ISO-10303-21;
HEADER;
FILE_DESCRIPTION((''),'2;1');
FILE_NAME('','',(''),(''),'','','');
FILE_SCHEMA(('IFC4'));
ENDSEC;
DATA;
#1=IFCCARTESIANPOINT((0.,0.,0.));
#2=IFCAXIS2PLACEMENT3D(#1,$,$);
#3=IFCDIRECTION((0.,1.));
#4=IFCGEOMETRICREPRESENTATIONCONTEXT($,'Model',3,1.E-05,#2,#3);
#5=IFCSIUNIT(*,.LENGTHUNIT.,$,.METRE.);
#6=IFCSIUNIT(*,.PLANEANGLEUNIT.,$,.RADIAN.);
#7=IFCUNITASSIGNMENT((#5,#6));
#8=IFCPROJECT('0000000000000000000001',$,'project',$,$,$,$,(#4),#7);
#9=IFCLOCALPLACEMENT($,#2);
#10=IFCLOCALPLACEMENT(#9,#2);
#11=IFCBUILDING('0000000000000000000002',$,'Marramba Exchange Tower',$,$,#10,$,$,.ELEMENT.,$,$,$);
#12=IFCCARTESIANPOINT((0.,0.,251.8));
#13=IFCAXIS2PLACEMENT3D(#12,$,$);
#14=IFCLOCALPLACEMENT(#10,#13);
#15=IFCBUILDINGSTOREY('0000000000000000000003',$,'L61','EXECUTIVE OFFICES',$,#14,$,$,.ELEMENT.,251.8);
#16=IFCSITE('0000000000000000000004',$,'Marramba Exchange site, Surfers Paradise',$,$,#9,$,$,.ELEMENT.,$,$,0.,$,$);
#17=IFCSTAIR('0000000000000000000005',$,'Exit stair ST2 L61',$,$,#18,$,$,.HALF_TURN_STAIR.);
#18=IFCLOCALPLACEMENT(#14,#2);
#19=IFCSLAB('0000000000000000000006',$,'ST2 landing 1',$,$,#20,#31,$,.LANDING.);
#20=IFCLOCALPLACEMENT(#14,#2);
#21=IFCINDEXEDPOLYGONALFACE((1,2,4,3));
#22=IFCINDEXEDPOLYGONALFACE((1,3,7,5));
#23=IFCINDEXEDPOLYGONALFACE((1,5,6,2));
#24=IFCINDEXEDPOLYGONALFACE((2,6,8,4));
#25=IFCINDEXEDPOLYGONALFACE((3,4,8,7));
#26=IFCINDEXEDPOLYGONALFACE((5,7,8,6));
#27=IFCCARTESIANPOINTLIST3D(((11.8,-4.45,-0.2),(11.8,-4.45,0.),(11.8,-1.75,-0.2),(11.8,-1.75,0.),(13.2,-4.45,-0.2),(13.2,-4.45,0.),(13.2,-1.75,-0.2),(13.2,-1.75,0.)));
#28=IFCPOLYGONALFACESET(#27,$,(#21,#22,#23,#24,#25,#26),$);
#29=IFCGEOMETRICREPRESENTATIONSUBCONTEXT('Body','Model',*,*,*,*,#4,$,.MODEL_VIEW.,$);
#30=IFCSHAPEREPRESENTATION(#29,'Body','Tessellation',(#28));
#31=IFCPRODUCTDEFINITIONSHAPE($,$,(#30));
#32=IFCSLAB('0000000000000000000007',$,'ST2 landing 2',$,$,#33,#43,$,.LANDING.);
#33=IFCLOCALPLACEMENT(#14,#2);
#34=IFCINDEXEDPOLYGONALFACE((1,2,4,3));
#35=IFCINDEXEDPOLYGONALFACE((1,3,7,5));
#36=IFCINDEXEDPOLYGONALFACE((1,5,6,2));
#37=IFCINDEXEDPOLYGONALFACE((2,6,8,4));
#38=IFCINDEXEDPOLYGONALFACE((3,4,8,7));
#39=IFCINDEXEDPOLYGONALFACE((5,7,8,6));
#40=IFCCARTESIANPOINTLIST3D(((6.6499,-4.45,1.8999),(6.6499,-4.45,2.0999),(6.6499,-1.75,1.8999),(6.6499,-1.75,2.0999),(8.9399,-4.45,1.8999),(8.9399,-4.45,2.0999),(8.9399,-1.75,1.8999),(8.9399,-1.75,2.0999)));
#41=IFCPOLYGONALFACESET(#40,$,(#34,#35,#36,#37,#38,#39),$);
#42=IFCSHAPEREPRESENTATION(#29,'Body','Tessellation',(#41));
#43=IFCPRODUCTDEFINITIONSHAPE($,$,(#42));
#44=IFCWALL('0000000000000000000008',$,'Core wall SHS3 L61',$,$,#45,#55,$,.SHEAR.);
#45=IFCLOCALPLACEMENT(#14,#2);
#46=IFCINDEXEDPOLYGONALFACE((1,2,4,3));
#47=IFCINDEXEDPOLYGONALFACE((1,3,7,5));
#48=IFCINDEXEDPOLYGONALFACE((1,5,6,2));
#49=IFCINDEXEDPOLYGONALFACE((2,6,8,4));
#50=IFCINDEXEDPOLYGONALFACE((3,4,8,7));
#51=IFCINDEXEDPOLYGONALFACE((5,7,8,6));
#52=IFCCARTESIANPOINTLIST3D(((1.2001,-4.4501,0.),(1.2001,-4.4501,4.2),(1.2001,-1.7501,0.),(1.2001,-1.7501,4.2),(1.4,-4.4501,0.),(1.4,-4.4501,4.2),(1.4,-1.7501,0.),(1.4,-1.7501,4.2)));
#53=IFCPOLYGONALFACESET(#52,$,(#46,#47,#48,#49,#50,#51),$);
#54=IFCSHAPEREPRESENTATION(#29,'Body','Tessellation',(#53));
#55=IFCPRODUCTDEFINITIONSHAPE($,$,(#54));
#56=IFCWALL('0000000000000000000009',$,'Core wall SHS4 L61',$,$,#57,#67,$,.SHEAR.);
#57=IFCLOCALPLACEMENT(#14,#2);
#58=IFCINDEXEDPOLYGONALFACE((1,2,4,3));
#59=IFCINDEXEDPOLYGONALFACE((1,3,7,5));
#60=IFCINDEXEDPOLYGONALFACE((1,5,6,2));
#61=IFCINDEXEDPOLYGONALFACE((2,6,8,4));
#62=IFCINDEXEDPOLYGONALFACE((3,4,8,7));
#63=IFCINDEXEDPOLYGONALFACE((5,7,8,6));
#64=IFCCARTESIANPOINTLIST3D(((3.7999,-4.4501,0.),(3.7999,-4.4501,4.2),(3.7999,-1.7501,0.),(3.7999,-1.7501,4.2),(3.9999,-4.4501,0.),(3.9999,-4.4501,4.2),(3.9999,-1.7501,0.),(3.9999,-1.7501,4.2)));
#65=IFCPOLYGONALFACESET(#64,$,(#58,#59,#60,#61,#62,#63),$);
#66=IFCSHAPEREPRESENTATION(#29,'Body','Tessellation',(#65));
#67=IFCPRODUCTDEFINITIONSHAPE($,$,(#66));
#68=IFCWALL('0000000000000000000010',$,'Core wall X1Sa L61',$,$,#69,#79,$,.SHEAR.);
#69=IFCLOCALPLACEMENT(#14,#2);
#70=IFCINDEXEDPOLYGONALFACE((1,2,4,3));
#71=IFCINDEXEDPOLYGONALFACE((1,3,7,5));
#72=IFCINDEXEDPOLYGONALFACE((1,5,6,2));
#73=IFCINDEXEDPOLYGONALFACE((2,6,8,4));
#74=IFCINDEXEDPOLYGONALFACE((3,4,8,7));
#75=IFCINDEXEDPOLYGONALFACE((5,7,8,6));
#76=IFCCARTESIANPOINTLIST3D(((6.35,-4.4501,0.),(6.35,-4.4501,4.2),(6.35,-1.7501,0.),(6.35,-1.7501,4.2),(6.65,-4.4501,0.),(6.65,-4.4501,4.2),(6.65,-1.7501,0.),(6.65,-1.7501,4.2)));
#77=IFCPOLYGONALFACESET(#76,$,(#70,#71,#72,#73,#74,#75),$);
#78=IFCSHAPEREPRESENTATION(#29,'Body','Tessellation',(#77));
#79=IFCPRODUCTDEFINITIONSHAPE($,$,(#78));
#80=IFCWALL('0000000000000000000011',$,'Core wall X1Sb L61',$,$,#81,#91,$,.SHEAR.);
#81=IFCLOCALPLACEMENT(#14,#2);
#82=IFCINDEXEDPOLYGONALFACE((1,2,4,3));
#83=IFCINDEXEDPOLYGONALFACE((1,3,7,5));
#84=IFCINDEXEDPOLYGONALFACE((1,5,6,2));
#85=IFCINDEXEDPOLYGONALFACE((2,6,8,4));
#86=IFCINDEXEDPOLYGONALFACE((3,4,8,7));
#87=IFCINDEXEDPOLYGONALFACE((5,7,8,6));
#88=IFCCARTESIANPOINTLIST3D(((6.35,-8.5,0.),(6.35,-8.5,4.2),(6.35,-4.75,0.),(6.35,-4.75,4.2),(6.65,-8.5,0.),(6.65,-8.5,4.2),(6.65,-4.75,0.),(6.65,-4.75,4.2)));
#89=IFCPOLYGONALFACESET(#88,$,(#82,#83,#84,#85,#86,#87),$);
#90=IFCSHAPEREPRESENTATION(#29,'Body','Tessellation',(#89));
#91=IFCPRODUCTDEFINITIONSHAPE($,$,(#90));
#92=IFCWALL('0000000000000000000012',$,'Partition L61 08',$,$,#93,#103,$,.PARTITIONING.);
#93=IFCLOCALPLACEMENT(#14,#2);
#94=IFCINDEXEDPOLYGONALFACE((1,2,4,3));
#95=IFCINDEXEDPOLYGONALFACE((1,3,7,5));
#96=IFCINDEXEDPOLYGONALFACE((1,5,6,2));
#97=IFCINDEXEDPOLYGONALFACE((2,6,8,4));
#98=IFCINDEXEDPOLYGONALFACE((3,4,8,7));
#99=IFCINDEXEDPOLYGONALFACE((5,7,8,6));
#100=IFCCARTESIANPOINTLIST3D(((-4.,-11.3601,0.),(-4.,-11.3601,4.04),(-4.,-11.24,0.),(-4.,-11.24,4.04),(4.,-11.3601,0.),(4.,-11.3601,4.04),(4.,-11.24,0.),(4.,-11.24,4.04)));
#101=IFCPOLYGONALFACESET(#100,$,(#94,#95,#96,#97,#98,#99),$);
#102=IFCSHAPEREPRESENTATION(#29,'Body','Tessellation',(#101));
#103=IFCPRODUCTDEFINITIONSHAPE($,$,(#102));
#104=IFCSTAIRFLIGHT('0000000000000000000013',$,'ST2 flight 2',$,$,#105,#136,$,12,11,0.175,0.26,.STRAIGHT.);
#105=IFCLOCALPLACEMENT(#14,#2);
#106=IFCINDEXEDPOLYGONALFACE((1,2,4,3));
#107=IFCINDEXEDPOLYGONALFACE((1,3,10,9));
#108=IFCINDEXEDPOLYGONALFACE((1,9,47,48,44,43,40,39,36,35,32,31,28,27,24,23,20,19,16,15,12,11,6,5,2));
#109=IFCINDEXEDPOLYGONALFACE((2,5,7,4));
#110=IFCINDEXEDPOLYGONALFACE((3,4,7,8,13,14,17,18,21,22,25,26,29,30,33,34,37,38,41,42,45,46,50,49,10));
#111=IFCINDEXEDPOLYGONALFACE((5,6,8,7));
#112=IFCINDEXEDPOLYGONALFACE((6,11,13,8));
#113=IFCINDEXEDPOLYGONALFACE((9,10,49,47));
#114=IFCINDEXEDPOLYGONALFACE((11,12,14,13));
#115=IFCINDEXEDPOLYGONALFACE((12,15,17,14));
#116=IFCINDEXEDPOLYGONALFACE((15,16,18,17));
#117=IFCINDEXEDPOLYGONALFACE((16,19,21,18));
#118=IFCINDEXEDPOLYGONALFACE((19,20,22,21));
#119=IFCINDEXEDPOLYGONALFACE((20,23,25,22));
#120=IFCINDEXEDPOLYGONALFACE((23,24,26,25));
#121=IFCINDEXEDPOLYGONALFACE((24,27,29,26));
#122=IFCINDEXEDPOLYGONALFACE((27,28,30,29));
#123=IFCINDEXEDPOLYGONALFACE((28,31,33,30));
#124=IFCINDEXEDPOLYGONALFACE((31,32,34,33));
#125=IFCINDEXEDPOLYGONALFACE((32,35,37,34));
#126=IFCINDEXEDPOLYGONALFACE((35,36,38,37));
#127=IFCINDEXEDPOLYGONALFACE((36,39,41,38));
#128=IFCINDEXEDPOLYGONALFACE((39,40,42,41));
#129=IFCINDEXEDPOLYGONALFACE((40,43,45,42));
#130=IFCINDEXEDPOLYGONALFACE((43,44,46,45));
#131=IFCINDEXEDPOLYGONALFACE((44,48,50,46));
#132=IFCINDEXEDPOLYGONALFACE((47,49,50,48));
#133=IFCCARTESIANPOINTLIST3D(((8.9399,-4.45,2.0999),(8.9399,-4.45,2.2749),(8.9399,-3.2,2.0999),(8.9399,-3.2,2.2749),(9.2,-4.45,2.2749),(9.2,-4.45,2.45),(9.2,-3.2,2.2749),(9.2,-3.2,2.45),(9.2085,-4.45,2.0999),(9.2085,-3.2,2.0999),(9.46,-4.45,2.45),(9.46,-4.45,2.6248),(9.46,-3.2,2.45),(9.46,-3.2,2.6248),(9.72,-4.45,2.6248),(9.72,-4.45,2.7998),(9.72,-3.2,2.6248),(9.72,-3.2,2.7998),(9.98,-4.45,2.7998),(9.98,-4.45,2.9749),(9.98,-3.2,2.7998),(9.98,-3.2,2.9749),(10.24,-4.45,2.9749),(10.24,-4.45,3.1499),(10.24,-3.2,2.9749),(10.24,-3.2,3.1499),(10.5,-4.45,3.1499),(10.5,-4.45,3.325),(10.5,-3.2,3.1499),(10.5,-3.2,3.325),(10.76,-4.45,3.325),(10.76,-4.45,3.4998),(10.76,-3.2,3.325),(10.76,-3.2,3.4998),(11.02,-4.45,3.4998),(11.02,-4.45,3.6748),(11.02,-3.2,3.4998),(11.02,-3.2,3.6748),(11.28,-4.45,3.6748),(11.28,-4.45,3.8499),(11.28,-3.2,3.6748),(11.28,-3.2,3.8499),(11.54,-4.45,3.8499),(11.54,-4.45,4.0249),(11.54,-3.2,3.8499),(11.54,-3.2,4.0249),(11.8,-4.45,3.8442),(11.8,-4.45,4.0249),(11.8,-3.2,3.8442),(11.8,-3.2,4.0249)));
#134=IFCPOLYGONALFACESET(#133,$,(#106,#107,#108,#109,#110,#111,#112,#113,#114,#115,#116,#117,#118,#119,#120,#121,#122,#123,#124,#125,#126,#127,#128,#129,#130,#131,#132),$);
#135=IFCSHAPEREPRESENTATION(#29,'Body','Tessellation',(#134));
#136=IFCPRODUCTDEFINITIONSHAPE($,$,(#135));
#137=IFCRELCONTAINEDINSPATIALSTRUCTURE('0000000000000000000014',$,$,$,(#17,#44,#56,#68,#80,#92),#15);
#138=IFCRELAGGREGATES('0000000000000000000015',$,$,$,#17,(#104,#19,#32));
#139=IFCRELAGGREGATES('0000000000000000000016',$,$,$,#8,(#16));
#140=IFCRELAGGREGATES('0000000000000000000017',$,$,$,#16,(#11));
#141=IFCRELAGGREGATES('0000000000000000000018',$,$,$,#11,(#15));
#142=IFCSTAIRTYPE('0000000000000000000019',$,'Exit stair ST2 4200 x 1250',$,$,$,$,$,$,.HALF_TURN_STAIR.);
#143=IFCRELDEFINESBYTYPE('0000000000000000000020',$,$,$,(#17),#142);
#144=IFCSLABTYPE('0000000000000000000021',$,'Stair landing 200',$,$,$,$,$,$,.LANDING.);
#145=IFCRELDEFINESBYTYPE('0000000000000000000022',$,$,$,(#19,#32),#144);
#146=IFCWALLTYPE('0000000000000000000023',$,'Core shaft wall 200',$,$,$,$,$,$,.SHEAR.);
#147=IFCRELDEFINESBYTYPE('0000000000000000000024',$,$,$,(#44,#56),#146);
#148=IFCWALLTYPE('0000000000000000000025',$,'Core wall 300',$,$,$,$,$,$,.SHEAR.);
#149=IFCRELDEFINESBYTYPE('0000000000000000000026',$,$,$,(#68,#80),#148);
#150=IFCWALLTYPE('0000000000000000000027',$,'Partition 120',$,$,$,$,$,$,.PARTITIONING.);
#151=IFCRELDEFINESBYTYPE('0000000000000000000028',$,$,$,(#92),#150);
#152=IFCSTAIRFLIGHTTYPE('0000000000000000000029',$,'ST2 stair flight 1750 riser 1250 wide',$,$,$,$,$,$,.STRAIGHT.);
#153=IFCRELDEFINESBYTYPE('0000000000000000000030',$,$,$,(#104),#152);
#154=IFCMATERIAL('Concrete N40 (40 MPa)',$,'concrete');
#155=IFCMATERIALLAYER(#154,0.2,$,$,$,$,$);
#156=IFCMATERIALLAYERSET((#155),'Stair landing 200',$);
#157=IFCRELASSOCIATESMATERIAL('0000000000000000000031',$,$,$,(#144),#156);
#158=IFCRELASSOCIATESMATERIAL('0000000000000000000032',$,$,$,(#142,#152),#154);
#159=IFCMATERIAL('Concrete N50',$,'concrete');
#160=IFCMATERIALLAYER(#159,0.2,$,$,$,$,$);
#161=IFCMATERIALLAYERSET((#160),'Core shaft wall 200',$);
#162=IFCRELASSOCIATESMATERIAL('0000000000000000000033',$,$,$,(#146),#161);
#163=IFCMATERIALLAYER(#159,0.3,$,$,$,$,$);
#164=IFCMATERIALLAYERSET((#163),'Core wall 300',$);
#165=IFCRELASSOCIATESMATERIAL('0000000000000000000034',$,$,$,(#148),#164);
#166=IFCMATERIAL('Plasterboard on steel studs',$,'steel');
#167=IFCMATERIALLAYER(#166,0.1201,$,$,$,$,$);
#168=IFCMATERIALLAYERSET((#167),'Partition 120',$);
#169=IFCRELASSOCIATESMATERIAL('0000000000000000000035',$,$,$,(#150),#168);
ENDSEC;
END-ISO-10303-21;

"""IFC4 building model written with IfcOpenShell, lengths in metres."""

from ifc_helpers import new_model, si_unit, direction, frame, frame_2d, origin, place, context, subcontext, project, spatial, polyline, rectangle, outline, extrude, material, layer, layer_set, type_object, element, aggregate, save


model = new_model("IFC4")

# Units and contexts
model_context = context("Model", 3, precision=1e-05, world=origin(), true_north=direction((0.0, 1.0)))
body_context = subcontext(model_context, "Body", "Model", "MODEL_VIEW")
ifc_project = project(units=[si_unit("LENGTHUNIT", "METRE"), si_unit("PLANEANGLEUNIT", "RADIAN")], contexts=[model_context])

# Site, building, storey
site_placement = place(None, origin())
site = spatial("IfcSite", under=ifc_project, at=site_placement, Name="Marramba Exchange site, Surfers Paradise", CompositionType="ELEMENT", RefElevation=0.0)
building_placement = place(site_placement, origin())
building = spatial("IfcBuilding", under=site, at=building_placement, Name="Marramba Exchange Tower", CompositionType="ELEMENT")
storey_placement = place(building_placement, frame((0.0, 0.0, 251.8)))
storey = spatial("IfcBuildingStorey", under=building, at=storey_placement, Name="L61", Description="EXECUTIVE OFFICES", CompositionType="ELEMENT", Elevation=251.8)

# Stair, slabs
ifc_material_1 = material(Name="Concrete N40 (40 MPa)", Category="concrete")
ifc_layer_1 = layer(ifc_material_1, 0.2)
ifc_layer_set_1 = layer_set([ifc_layer_1], Name="Stair landing 200")
slab_type_1 = type_object("IfcSlabType", Name="Stair landing 200", PredefinedType="LANDING", material=ifc_layer_set_1)
stair_type_1 = type_object("IfcStairType", Name="Exit stair ST2 4200 x 1250", PredefinedType="HALF_TURN_STAIR", material=ifc_material_1)
stair_1_placement = place(storey_placement, origin())
stair_1 = element("IfcStair", 1, at=stair_1_placement, inside=storey, type_object=stair_type_1, Name="Exit stair ST2 L61", PredefinedType="HALF_TURN_STAIR")
slab_1_placement = place(storey_placement, frame((0.0, 0.0, -0.2)))
slab_1 = element("IfcSlab", 2, at=slab_1_placement, type_object=slab_type_1, Name="ST2 landing 1", PredefinedType="LANDING", context=body_context, shape_type="SweptSolid", body=[
    extrude(outline(polyline([(11.8, -4.45), (13.2, -4.45), (13.2, -1.75), (11.8, -1.75), (11.8, -4.45)])), origin(), (0.0, 0.0, 1.0), 0.2),
])
slab_2_placement = place(storey_placement, frame((0.0, 0.0, 1.8999)))
slab_2 = element("IfcSlab", 3, at=slab_2_placement, type_object=slab_type_1, Name="ST2 landing 2", PredefinedType="LANDING", context=body_context, shape_type="SweptSolid", body=[
    extrude(outline(polyline([(6.6499, -4.45), (8.9399, -4.45), (8.9399, -1.75), (6.6499, -1.75), (6.6499, -4.45)])), origin(), (0.0, 0.0, 1.0), 0.2),
])

# Walls
ifc_material_2 = material(Name="Concrete N50", Category="concrete")
ifc_layer_2 = layer(ifc_material_2, 0.2)
ifc_layer_set_2 = layer_set([ifc_layer_2], Name="Core shaft wall 200")
wall_type_1 = type_object("IfcWallType", Name="Core shaft wall 200", PredefinedType="SHEAR", material=ifc_layer_set_2)
for number, where, z_axis, x_axis, name in (
    (4, (1.3, -1.75, 0.0), (0.0, 0.0, 1.0), (0.0, -1.0, 0.0), "Core wall SHS3 L61"),
    (5, (3.8999, -1.75, 0.0), (0.0, 0.0, 1.0), (0.0, -1.0, 0.0), "Core wall SHS4 L61"),
):
    element("IfcWall", number, at=place(storey_placement, frame(where, z_axis=z_axis, x_axis=x_axis)), inside=storey, type_object=wall_type_1, Name=name, PredefinedType="SHEAR", context=body_context, shape_type="SweptSolid", body=[
        extrude(rectangle(XDim=2.7, YDim=0.2, at=frame_2d((1.3501, 0.0))), origin(), (0.0, 0.0, 1.0), 4.2),
    ])
ifc_layer_3 = layer(ifc_material_2, 0.3)
ifc_layer_set_3 = layer_set([ifc_layer_3], Name="Core wall 300")
wall_type_2 = type_object("IfcWallType", Name="Core wall 300", PredefinedType="SHEAR", material=ifc_layer_set_3)
wall_1_placement = place(storey_placement, frame((6.5, -1.75, 0.0), z_axis=(0.0, 0.0, 1.0), x_axis=(0.0, -1.0, 0.0)))
element("IfcWall", 6, at=wall_1_placement, inside=storey, type_object=wall_type_2, Name="Core wall X1Sa L61", PredefinedType="SHEAR", context=body_context, shape_type="SweptSolid", body=[
    extrude(rectangle(XDim=2.7, YDim=0.3, at=frame_2d((1.3501, 0.0))), origin(), (0.0, 0.0, 1.0), 4.2),
])
wall_2_placement = place(storey_placement, frame((6.5, -4.75, 0.0), z_axis=(0.0, 0.0, 1.0), x_axis=(0.0, -1.0, 0.0)))
element("IfcWall", 7, at=wall_2_placement, inside=storey, type_object=wall_type_2, Name="Core wall X1Sb L61", PredefinedType="SHEAR", context=body_context, shape_type="SweptSolid", body=[
    extrude(rectangle(XDim=3.75, YDim=0.3, at=frame_2d((1.875, 0.0))), origin(), (0.0, 0.0, 1.0), 4.2),
])
ifc_material_3 = material(Name="Plasterboard on steel studs", Category="steel")
ifc_layer_4 = layer(ifc_material_3, 0.1201)
ifc_layer_set_4 = layer_set([ifc_layer_4], Name="Partition 120")
wall_type_3 = type_object("IfcWallType", Name="Partition 120", PredefinedType="PARTITIONING", material=ifc_layer_set_4)
wall_3_placement = place(storey_placement, frame((4.0, -11.3, 0.0), z_axis=(0.0, 0.0, 1.0), x_axis=(-1.0, 0.0, 0.0)))
element("IfcWall", 8, at=wall_3_placement, inside=storey, type_object=wall_type_3, Name="Partition L61 08", PredefinedType="PARTITIONING", context=body_context, shape_type="SweptSolid", body=[
    extrude(rectangle(XDim=8.0, YDim=0.1201, at=frame_2d((4.0, 0.0))), origin(), (0.0, 0.0, 1.0), 4.04),
])

# Stair flight
stair_flight_type = type_object("IfcStairFlightType", Name="ST2 stair flight 1750 riser 1250 wide", PredefinedType="STRAIGHT", material=ifc_material_1)
stair_flight_placement = place(storey_placement, frame((8.9399, -3.825, 2.0999), z_axis=(0.0, 0.0, 1.0), x_axis=(1.0, 0.0, 0.0)))
stair_flight = element("IfcStairFlight", 9, at=stair_flight_placement, type_object=stair_flight_type, Name="ST2 flight 2", NumberOfRisers=12, NumberOfTreads=11, PredefinedType="STRAIGHT", RiserHeight=0.175, TreadLength=0.26, context=body_context, shape_type="SweptSolid", body=[
    extrude(outline(polyline([(0.0, 0.0), (0.0, 0.175), (0.26, 0.175), (0.26, 0.3501), (0.52, 0.3501), (0.52, 0.5249), (0.78, 0.5249), (0.78, 0.7), (1.04, 0.7), (1.04, 0.875), (1.3, 0.875), (1.3, 1.05), (1.5601, 1.05), (1.5601, 1.2251), (1.8201, 1.2251), (1.8201, 1.3999), (2.0801, 1.3999), (2.0801, 1.575), (2.3401, 1.575), (2.3401, 1.75), (2.6001, 1.75), (2.6001, 1.925), (2.8601, 1.925), (2.8601, 2.1001), (2.8601, 1.7444), (0.2686, 0.0), (0.0, 0.0)])), frame((0.0, 0.625, 0.0), z_axis=(0.0, -1.0, 0.0), x_axis=(1.0, 0.0, 0.0)), (0.0, 0.0, 1.0), 1.25),
])
aggregate(stair_1, [stair_flight, slab_1, slab_2])

save(model, "model.ifc")
